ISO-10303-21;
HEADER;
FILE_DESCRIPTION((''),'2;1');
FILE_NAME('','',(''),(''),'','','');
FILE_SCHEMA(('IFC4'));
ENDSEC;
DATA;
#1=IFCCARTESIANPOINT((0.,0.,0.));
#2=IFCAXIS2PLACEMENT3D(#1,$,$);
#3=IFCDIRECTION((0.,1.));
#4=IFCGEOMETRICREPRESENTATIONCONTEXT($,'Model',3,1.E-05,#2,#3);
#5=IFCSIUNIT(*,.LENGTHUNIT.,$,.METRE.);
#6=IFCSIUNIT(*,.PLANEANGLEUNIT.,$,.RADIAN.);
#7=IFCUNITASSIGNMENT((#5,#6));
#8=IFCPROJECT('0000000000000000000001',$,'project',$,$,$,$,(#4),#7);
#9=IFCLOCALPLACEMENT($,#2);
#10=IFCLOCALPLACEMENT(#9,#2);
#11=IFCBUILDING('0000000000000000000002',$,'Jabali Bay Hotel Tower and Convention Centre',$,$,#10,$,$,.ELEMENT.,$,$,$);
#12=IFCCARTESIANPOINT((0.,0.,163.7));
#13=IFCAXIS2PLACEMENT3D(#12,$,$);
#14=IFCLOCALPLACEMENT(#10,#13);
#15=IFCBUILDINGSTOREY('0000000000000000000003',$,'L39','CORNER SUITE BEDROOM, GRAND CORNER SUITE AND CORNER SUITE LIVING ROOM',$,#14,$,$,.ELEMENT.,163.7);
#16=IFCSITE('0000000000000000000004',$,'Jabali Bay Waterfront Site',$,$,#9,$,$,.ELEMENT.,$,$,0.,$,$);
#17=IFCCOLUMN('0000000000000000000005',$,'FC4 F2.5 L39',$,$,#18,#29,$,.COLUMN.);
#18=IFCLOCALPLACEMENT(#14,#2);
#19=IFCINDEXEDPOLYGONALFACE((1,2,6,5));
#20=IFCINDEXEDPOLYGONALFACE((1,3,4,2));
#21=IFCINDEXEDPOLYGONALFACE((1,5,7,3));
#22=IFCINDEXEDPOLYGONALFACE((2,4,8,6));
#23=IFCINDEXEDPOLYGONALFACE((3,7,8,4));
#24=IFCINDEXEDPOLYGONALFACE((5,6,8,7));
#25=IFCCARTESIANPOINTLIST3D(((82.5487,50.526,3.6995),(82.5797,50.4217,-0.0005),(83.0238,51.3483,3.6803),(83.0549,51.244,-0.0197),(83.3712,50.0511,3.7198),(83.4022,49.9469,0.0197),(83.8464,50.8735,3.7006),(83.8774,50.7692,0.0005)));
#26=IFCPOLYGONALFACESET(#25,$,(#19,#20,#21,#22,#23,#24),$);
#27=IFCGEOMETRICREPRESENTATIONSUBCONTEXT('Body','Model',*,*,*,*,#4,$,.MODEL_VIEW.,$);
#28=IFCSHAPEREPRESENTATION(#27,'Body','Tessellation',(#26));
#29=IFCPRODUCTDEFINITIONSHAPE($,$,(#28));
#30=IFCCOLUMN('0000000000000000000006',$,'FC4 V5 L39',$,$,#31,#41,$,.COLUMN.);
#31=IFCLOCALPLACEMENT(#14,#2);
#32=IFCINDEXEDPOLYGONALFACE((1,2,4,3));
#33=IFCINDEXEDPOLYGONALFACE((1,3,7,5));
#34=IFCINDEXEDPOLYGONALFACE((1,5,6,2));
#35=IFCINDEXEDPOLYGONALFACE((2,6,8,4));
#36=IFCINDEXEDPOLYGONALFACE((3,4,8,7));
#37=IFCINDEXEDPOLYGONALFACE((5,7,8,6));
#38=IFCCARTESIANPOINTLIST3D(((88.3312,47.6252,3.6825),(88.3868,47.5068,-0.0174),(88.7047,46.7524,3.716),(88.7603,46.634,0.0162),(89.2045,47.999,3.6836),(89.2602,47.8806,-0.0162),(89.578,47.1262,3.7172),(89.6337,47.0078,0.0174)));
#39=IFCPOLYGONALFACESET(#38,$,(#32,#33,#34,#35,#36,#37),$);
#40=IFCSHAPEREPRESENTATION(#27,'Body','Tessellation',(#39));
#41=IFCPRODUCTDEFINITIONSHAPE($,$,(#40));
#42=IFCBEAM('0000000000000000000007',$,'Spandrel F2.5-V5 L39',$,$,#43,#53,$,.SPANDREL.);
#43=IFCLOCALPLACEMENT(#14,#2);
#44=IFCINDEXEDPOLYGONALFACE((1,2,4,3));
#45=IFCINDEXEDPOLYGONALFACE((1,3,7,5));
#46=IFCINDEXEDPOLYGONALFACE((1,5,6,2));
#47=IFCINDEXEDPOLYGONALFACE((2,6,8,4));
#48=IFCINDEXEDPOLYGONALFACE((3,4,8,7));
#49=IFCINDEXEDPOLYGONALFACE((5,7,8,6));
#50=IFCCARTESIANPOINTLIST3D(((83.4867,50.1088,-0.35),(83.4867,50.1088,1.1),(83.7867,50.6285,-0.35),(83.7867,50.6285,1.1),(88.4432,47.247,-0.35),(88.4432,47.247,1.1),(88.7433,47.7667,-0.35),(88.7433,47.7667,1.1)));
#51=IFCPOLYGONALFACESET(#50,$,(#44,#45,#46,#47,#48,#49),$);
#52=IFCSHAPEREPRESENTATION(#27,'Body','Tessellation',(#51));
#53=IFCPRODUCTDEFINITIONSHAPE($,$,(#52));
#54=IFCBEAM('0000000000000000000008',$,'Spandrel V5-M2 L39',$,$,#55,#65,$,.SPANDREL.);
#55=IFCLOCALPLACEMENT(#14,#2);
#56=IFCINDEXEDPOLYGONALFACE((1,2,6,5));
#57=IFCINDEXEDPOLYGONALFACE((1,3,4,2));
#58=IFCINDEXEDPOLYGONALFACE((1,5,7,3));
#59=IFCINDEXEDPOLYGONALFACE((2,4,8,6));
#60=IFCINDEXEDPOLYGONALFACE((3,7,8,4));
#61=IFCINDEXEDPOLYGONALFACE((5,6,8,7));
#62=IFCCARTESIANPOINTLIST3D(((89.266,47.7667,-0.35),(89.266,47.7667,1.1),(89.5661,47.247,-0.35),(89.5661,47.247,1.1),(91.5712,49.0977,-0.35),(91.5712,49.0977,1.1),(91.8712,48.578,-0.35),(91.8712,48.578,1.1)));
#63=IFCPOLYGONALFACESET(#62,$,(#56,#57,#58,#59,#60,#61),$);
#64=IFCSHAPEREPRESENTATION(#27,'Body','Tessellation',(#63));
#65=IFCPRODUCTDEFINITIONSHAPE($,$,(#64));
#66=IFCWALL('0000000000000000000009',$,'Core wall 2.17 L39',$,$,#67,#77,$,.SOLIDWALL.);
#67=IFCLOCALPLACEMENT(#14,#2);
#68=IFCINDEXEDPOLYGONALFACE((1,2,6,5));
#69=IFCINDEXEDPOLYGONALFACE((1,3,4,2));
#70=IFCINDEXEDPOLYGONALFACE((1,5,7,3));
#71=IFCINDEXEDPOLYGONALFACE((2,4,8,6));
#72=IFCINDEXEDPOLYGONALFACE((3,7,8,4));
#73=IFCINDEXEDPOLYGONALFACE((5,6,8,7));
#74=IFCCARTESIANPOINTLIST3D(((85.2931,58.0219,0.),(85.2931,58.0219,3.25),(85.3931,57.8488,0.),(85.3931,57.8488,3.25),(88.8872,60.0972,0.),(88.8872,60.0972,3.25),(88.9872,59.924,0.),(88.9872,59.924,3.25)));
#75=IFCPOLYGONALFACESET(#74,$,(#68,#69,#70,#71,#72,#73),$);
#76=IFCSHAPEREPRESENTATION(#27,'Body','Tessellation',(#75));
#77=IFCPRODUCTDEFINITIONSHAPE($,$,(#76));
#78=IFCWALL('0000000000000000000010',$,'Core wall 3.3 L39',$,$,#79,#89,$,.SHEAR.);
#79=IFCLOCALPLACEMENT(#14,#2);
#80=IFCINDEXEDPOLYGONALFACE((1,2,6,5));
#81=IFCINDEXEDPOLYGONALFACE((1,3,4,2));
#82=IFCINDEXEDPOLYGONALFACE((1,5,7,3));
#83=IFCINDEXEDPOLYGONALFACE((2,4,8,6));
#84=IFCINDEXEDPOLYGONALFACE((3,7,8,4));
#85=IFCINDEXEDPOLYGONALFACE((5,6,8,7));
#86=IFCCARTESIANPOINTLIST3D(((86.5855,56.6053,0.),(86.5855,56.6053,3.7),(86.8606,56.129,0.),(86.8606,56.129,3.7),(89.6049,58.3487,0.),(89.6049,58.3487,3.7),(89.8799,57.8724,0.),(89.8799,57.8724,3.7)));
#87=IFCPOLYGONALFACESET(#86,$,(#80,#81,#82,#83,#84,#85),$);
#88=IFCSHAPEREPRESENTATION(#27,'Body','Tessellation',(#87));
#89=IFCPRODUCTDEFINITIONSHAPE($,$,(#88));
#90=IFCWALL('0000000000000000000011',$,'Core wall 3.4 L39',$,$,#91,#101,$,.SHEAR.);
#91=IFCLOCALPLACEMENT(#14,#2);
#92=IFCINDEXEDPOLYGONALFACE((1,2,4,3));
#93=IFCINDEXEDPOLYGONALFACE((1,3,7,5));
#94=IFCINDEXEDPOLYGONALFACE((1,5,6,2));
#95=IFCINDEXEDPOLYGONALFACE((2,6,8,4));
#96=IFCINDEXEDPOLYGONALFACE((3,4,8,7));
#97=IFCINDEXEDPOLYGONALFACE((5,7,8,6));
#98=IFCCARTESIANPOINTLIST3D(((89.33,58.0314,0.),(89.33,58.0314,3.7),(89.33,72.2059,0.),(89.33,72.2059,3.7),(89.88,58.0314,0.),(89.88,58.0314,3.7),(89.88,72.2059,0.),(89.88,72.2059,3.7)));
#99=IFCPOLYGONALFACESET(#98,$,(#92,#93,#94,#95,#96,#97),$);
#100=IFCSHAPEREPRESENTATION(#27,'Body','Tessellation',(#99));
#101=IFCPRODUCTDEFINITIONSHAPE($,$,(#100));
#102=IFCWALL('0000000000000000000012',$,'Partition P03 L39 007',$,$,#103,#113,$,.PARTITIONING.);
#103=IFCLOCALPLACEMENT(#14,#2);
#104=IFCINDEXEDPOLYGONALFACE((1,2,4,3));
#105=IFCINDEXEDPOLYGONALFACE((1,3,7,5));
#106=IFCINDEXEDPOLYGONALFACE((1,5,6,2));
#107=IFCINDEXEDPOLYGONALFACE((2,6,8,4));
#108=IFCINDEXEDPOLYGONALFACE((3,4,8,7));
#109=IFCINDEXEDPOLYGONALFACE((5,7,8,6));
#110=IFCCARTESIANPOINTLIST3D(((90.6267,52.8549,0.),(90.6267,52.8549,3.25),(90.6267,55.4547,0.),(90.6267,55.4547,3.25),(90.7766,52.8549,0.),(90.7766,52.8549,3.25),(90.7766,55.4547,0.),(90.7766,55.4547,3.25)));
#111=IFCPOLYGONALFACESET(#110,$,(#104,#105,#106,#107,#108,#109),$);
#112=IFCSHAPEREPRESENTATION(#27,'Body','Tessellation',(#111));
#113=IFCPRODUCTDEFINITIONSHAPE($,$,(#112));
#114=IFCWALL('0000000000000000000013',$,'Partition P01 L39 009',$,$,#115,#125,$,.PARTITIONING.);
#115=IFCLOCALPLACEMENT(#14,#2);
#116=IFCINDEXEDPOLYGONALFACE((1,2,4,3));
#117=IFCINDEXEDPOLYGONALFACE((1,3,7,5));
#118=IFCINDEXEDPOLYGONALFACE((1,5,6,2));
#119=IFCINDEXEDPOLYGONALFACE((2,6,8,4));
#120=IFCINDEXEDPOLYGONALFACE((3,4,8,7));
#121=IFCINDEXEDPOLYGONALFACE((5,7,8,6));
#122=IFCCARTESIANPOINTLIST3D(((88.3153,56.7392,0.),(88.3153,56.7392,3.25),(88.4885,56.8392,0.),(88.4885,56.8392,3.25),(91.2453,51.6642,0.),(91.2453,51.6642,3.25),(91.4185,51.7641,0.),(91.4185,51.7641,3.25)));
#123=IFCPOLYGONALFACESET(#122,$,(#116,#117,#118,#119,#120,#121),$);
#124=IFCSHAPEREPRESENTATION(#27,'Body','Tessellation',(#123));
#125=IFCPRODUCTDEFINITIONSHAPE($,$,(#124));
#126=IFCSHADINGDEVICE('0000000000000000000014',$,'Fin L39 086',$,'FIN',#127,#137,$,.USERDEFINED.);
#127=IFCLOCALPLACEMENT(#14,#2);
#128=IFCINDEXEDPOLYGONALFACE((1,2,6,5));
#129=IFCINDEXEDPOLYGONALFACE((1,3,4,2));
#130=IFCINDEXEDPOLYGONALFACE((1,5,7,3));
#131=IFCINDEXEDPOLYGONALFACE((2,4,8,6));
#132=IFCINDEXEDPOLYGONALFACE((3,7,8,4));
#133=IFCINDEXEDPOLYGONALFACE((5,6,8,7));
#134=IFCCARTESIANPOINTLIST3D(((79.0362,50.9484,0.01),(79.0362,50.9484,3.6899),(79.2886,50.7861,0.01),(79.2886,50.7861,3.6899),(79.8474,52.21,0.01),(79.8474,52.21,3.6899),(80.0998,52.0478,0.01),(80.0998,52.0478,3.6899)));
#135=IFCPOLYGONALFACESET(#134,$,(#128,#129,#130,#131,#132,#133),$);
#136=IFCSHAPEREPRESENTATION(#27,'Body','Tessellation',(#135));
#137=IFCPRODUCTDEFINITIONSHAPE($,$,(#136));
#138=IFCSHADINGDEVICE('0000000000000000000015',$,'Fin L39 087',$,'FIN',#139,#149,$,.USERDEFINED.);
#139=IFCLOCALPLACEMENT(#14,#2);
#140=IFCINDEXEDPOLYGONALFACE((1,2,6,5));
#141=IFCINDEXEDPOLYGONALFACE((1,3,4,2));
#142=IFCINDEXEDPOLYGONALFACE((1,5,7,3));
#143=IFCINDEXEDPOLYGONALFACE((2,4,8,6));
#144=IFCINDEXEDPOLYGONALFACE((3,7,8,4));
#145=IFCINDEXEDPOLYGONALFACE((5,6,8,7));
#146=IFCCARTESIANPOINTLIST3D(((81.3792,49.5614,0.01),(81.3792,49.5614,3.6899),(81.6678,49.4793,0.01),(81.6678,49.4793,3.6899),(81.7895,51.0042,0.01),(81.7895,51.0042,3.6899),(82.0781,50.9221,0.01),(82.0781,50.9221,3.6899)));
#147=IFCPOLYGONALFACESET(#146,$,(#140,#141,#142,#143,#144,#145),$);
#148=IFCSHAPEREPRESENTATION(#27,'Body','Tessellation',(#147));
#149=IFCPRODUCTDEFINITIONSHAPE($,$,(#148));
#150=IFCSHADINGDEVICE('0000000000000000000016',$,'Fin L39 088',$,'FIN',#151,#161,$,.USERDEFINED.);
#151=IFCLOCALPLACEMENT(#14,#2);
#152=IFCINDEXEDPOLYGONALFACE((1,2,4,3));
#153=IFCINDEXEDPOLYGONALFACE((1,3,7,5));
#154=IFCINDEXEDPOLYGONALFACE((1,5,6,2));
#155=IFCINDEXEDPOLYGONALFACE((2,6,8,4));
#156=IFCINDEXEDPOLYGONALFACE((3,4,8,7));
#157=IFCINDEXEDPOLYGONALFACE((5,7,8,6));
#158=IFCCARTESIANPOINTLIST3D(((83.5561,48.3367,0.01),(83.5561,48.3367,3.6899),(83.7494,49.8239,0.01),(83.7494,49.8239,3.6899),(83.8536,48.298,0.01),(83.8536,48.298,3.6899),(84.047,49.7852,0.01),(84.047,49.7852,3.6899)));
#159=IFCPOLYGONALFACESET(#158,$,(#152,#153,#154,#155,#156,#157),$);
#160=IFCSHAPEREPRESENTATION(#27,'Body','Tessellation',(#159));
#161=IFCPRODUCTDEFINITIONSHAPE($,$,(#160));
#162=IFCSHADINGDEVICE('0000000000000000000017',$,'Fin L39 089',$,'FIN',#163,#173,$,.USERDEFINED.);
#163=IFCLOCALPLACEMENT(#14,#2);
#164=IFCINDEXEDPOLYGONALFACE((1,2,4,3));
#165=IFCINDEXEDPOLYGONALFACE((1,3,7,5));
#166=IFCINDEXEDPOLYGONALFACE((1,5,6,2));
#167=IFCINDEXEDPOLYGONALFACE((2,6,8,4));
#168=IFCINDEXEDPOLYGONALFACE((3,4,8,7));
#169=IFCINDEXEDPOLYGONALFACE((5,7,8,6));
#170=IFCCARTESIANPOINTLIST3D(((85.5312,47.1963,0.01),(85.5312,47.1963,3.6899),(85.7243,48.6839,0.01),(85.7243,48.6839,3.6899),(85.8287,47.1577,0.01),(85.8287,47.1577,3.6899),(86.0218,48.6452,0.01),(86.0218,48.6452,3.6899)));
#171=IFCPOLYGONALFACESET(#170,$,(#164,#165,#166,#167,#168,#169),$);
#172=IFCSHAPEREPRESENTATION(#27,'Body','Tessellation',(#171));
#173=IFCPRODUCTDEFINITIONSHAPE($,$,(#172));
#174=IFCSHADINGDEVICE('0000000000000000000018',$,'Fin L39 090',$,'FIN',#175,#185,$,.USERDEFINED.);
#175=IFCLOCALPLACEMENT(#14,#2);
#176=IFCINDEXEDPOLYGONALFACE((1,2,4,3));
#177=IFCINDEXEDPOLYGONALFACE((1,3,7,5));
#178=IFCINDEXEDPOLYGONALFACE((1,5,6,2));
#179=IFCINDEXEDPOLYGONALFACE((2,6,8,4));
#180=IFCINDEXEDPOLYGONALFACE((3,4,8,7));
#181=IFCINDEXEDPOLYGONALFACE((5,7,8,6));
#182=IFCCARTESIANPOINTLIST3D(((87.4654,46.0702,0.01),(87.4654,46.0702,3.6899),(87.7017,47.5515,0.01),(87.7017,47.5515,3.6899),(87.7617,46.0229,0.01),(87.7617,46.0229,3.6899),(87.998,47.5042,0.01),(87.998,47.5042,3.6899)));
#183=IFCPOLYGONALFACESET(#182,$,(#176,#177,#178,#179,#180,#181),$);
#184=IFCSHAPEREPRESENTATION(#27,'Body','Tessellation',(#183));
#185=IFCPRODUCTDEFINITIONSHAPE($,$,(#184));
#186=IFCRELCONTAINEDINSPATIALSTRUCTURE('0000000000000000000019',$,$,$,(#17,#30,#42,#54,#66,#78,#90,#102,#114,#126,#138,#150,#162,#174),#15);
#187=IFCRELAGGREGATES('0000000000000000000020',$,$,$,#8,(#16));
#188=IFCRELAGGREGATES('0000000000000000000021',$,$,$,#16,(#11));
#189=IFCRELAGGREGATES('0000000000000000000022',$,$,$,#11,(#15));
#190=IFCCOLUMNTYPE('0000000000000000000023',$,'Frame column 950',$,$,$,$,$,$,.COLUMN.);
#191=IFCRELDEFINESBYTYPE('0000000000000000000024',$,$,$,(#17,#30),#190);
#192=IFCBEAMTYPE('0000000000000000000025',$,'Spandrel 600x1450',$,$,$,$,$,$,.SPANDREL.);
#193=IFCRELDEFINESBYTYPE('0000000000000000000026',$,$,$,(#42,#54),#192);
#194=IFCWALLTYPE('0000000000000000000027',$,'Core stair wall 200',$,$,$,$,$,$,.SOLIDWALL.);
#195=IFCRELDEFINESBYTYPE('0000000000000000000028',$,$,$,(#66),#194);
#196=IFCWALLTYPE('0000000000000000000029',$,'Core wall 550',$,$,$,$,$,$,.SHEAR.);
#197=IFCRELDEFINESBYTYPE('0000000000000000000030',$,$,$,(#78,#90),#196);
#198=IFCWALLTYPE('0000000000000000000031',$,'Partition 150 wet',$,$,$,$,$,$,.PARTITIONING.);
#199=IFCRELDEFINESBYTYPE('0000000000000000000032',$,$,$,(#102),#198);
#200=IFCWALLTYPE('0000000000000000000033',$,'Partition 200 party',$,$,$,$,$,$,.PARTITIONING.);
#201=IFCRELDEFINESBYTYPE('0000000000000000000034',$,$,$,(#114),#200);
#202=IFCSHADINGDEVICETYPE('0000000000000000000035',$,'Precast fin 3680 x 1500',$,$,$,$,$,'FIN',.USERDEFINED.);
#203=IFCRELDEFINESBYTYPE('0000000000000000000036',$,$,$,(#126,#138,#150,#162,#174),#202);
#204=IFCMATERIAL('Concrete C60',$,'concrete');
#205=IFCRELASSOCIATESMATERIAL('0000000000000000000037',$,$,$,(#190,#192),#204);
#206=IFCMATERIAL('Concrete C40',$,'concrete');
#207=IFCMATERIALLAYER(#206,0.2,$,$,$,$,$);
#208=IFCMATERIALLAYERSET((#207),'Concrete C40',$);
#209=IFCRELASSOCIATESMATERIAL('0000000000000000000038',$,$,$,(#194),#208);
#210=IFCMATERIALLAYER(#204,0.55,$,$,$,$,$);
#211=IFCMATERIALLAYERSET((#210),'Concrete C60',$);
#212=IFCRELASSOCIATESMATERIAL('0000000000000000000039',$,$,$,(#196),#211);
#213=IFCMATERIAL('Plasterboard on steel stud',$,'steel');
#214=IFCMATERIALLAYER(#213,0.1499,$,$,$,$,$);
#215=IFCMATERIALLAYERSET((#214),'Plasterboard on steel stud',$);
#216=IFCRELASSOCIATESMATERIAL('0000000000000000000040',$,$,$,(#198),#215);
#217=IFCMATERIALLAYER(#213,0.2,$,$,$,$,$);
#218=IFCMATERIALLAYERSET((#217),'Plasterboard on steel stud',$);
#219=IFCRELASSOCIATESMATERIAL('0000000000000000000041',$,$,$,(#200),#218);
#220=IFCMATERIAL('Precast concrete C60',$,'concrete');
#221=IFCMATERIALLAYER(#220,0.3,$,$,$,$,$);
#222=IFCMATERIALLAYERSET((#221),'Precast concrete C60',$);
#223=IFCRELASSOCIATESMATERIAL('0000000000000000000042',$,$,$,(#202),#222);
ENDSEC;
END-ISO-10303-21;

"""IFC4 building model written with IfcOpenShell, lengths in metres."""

from ifc_helpers import new_model, si_unit, direction, frame, frame_2d, origin, origin_2d, place, context, subcontext, project, spatial, rectangle, extrude, material, layer, layer_set, material_profile, profile_set, type_object, element, save


model = new_model("IFC4")

# Units and contexts
model_context = context("Model", 3, precision=1e-05, world=origin(), true_north=direction((0.0, 1.0)))
body_context = subcontext(model_context, "Body", "Model", "MODEL_VIEW")
ifc_project = project(units=[si_unit("LENGTHUNIT", "METRE"), si_unit("PLANEANGLEUNIT", "RADIAN")], contexts=[model_context])

# Site, building, storey
site_placement = place(None, origin())
site = spatial("IfcSite", under=ifc_project, at=site_placement, Name="Jabali Bay Waterfront Site", CompositionType="ELEMENT", RefElevation=0.0)
building_placement = place(site_placement, origin())
building = spatial("IfcBuilding", under=site, at=building_placement, Name="Jabali Bay Hotel Tower and Convention Centre", CompositionType="ELEMENT")
storey_placement = place(building_placement, frame((0.0, 0.0, 163.7)))
storey = spatial("IfcBuildingStorey", under=building, at=storey_placement, Name="L39", Description="CORNER SUITE BEDROOM, GRAND CORNER SUITE AND CORNER SUITE LIVING ROOM", CompositionType="ELEMENT", Elevation=163.7)

# Columns
ifc_material_1 = material(Name="Concrete C60", Category="concrete")
ifc_material_profile_1 = material_profile(ifc_material_1, rectangle(XDim=0.95, YDim=0.95, at=origin_2d()), Name="Frame column 950")
ifc_profile_set_1 = profile_set([ifc_material_profile_1], Name="Concrete C60")
column_type = type_object("IfcColumnType", Name="Frame column 950", PredefinedType="COLUMN", material=ifc_profile_set_1)
column_1_placement = place(storey_placement, frame((83.2285, 50.5955, 0.0), z_axis=(-0.008376, 0.028163, 0.999568), x_axis=(-0.50023, -0.865657, 0.020198)))
element("IfcColumn", 1, at=column_1_placement, inside=storey, type_object=column_type, Name="FC4 F2.5 L39", PredefinedType="COLUMN", context=body_context, shape_type="SweptSolid", body=[
    extrude(rectangle(XDim=0.95, YDim=0.95, at=origin_2d()), origin(), (0.0, 0.0, 1.0), 3.7017),
])
column_2_placement = place(storey_placement, frame((89.0103, 47.2573, 0.0), z_axis=(-0.015035, 0.031983, 0.999375), x_axis=(0.393189, -0.918779, 0.035319)))
element("IfcColumn", 2, at=column_2_placement, inside=storey, type_object=column_type, Name="FC4 V5 L39", PredefinedType="COLUMN", context=body_context, shape_type="SweptSolid", body=[
    extrude(rectangle(XDim=0.95, YDim=0.95, at=origin_2d()), origin(), (0.0, 0.0, 1.0), 3.7021),
])

# Beams
ifc_material_profile_2 = material_profile(ifc_material_1, rectangle(XDim=0.6001, YDim=1.45, at=origin_2d()), Name="Spandrel 600x1450")
ifc_profile_set_2 = profile_set([ifc_material_profile_2], Name="Concrete C60")
beam_type = type_object("IfcBeamType", Name="Spandrel 600x1450", PredefinedType="SPANDREL", material=ifc_profile_set_2)
beam_1_placement = place(storey_placement, frame((83.6367, 50.3687, 0.375), z_axis=(0.866014, -0.50002, 0.0), x_axis=(0.50002, 0.866014, 0.0)))
element("IfcBeam", 3, at=beam_1_placement, inside=storey, type_object=beam_type, Name="Spandrel F2.5-V5 L39", PredefinedType="SPANDREL", context=body_context, shape_type="SweptSolid", body=[
    extrude(rectangle(XDim=0.6001, YDim=1.45, at=origin_2d()), origin(), (0.0, 0.0, 1.0), 5.7234),
])
beam_2_placement = place(storey_placement, frame((89.416, 47.5068, 0.375), z_axis=(0.865999, 0.500045, 0.0), x_axis=(-0.500045, 0.865999, 0.0)))
element("IfcBeam", 4, at=beam_2_placement, inside=storey, type_object=beam_type, Name="Spandrel V5-M2 L39", PredefinedType="SPANDREL", context=body_context, shape_type="SweptSolid", body=[
    extrude(rectangle(XDim=0.6001, YDim=1.45, at=origin_2d()), origin(), (0.0, 0.0, 1.0), 2.6619),
])

# Walls
ifc_material_2 = material(Name="Concrete C40", Category="concrete")
ifc_layer_1 = layer(ifc_material_2, 0.2)
ifc_layer_set_1 = layer_set([ifc_layer_1], Name="Concrete C40")
wall_type_1 = type_object("IfcWallType", Name="Core stair wall 200", PredefinedType="SOLIDWALL", material=ifc_layer_set_1)
wall_1_placement = place(storey_placement, frame((85.343, 57.9353, 0.0), z_axis=(0.0, 0.0, 1.0), x_axis=(0.866004, 0.500036, 0.0)))
element("IfcWall", 5, at=wall_1_placement, inside=storey, type_object=wall_type_1, Name="Core wall 2.17 L39", PredefinedType="SOLIDWALL", context=body_context, shape_type="SweptSolid", body=[
    extrude(rectangle(XDim=4.1501, YDim=0.2, at=frame_2d((2.0752, 0.0))), origin(), (0.0, 0.0, 1.0), 3.25),
])
ifc_layer_2 = layer(ifc_material_1, 0.55)
ifc_layer_set_2 = layer_set([ifc_layer_2], Name="Concrete C60")
wall_type_2 = type_object("IfcWallType", Name="Core wall 550", PredefinedType="SHEAR", material=ifc_layer_set_2)
wall_2_placement = place(storey_placement, frame((86.7231, 56.3672, 0.0), z_axis=(0.0, 0.0, 1.0), x_axis=(0.865998, 0.500048, 0.0)))
element("IfcWall", 6, at=wall_2_placement, inside=storey, type_object=wall_type_2, Name="Core wall 3.3 L39", PredefinedType="SHEAR", context=body_context, shape_type="SweptSolid", body=[
    extrude(rectangle(XDim=3.4866, YDim=0.55, at=frame_2d((1.7432, 0.0))), origin(), (0.0, 0.0, 1.0), 3.7),
])
wall_3_placement = place(storey_placement, frame((89.605, 58.0312, 0.0), z_axis=(0.0, 0.0, 1.0), x_axis=(0.0, 1.0, 0.0)))
element("IfcWall", 7, at=wall_3_placement, inside=storey, type_object=wall_type_2, Name="Core wall 3.4 L39", PredefinedType="SHEAR", context=body_context, shape_type="SweptSolid", body=[
    extrude(rectangle(XDim=14.1746, YDim=0.55, at=frame_2d((7.0874, 0.0))), origin(), (0.0, 0.0, 1.0), 3.7),
])

# Walls
ifc_material_3 = material(Name="Plasterboard on steel stud", Category="steel")
ifc_layer_3 = layer(ifc_material_3, 0.1499)
ifc_layer_set_3 = layer_set([ifc_layer_3], Name="Plasterboard on steel stud")
wall_type_3 = type_object("IfcWallType", Name="Partition 150 wet", PredefinedType="PARTITIONING", material=ifc_layer_set_3)
wall_4_placement = place(storey_placement, frame((90.7017, 52.855, 0.0), z_axis=(0.0, 0.0, 1.0), x_axis=(0.0, 1.0, 0.0)))
element("IfcWall", 8, at=wall_4_placement, inside=storey, type_object=wall_type_3, Name="Partition P03 L39 007", PredefinedType="PARTITIONING", context=body_context, shape_type="SweptSolid", body=[
    extrude(rectangle(XDim=2.5999, YDim=0.1499, at=frame_2d((1.2998, 0.0))), origin(), (0.0, 0.0, 1.0), 3.25),
])
ifc_layer_4 = layer(ifc_material_3, 0.2)
ifc_layer_set_4 = layer_set([ifc_layer_4], Name="Plasterboard on steel stud")
wall_type_4 = type_object("IfcWallType", Name="Partition 200 party", PredefinedType="PARTITIONING", material=ifc_layer_set_4)
wall_5_placement = place(storey_placement, frame((88.4019, 56.7893, 0.0), z_axis=(0.0, 0.0, 1.0), x_axis=(0.499988, -0.866032, 0.0)))
element("IfcWall", 9, at=wall_5_placement, inside=storey, type_object=wall_type_4, Name="Partition P01 L39 009", PredefinedType="PARTITIONING", context=body_context, shape_type="SweptSolid", body=[
    extrude(rectangle(XDim=5.8601, YDim=0.2, at=frame_2d((2.9302, 0.0))), origin(), (0.0, 0.0, 1.0), 3.25),
])

# Shading devices
ifc_material_4 = material(Name="Precast concrete C60", Category="concrete")
ifc_layer_5 = layer(ifc_material_4, 0.3)
ifc_layer_set_5 = layer_set([ifc_layer_5], Name="Precast concrete C60")
shading_device_type = type_object("IfcShadingDeviceType", Name="Precast fin 3680 x 1500", ElementType="FIN", PredefinedType="USERDEFINED", material=ifc_layer_set_5)
for number, where, z_axis, x_axis, name in (
    (10, (79.9736, 52.1289, 0.01), (0.0, 0.0, 1.0), (-0.54084, -0.841126, 0.0), "Fin L39 086"),
    (11, (81.9338, 50.9631, 0.01), (0.0, 0.0, 1.0), (-0.273582, -0.961849, 0.0), "Fin L39 087"),
):
    element("IfcShadingDevice", number, at=place(storey_placement, frame(where, z_axis=z_axis, x_axis=x_axis)), inside=storey, type_object=shading_device_type, Name=name, ObjectType="FIN", PredefinedType="USERDEFINED", context=body_context, shape_type="SweptSolid", body=[
        extrude(rectangle(XDim=1.5, YDim=0.3, at=frame_2d((0.75, 0.0))), origin(), (0.0, 0.0, 1.0), 3.6799),
    ])
shading_device_placement = place(storey_placement, frame((83.8982, 49.8047, 0.01), z_axis=(0.0, 0.0, 1.0), x_axis=(-0.128922, -0.991655, 0.0)))
element("IfcShadingDevice", 12, at=shading_device_placement, inside=storey, type_object=shading_device_type, Name="Fin L39 088", ObjectType="FIN", PredefinedType="USERDEFINED", context=body_context, shape_type="SweptSolid", body=[
    extrude(rectangle(XDim=1.4998, YDim=0.3, at=frame_2d((0.75, 0.0))), origin(), (0.0, 0.0, 1.0), 3.6799),
])
for number, where, z_axis, x_axis, name in (
    (13, (85.873, 48.6646, 0.01), (0.0, 0.0, 1.0), (-0.128741, -0.991678, 0.0), "Fin L39 089"),
    (14, (87.8499, 47.5278, 0.01), (0.0, 0.0, 1.0), (-0.157559, -0.98751, 0.0), "Fin L39 090"),
):
    element("IfcShadingDevice", number, at=place(storey_placement, frame(where, z_axis=z_axis, x_axis=x_axis)), inside=storey, type_object=shading_device_type, Name=name, ObjectType="FIN", PredefinedType="USERDEFINED", context=body_context, shape_type="SweptSolid", body=[
        extrude(rectangle(XDim=1.5, YDim=0.3, at=frame_2d((0.75, 0.0))), origin(), (0.0, 0.0, 1.0), 3.6799),
    ])

save(model, "model.ifc")
